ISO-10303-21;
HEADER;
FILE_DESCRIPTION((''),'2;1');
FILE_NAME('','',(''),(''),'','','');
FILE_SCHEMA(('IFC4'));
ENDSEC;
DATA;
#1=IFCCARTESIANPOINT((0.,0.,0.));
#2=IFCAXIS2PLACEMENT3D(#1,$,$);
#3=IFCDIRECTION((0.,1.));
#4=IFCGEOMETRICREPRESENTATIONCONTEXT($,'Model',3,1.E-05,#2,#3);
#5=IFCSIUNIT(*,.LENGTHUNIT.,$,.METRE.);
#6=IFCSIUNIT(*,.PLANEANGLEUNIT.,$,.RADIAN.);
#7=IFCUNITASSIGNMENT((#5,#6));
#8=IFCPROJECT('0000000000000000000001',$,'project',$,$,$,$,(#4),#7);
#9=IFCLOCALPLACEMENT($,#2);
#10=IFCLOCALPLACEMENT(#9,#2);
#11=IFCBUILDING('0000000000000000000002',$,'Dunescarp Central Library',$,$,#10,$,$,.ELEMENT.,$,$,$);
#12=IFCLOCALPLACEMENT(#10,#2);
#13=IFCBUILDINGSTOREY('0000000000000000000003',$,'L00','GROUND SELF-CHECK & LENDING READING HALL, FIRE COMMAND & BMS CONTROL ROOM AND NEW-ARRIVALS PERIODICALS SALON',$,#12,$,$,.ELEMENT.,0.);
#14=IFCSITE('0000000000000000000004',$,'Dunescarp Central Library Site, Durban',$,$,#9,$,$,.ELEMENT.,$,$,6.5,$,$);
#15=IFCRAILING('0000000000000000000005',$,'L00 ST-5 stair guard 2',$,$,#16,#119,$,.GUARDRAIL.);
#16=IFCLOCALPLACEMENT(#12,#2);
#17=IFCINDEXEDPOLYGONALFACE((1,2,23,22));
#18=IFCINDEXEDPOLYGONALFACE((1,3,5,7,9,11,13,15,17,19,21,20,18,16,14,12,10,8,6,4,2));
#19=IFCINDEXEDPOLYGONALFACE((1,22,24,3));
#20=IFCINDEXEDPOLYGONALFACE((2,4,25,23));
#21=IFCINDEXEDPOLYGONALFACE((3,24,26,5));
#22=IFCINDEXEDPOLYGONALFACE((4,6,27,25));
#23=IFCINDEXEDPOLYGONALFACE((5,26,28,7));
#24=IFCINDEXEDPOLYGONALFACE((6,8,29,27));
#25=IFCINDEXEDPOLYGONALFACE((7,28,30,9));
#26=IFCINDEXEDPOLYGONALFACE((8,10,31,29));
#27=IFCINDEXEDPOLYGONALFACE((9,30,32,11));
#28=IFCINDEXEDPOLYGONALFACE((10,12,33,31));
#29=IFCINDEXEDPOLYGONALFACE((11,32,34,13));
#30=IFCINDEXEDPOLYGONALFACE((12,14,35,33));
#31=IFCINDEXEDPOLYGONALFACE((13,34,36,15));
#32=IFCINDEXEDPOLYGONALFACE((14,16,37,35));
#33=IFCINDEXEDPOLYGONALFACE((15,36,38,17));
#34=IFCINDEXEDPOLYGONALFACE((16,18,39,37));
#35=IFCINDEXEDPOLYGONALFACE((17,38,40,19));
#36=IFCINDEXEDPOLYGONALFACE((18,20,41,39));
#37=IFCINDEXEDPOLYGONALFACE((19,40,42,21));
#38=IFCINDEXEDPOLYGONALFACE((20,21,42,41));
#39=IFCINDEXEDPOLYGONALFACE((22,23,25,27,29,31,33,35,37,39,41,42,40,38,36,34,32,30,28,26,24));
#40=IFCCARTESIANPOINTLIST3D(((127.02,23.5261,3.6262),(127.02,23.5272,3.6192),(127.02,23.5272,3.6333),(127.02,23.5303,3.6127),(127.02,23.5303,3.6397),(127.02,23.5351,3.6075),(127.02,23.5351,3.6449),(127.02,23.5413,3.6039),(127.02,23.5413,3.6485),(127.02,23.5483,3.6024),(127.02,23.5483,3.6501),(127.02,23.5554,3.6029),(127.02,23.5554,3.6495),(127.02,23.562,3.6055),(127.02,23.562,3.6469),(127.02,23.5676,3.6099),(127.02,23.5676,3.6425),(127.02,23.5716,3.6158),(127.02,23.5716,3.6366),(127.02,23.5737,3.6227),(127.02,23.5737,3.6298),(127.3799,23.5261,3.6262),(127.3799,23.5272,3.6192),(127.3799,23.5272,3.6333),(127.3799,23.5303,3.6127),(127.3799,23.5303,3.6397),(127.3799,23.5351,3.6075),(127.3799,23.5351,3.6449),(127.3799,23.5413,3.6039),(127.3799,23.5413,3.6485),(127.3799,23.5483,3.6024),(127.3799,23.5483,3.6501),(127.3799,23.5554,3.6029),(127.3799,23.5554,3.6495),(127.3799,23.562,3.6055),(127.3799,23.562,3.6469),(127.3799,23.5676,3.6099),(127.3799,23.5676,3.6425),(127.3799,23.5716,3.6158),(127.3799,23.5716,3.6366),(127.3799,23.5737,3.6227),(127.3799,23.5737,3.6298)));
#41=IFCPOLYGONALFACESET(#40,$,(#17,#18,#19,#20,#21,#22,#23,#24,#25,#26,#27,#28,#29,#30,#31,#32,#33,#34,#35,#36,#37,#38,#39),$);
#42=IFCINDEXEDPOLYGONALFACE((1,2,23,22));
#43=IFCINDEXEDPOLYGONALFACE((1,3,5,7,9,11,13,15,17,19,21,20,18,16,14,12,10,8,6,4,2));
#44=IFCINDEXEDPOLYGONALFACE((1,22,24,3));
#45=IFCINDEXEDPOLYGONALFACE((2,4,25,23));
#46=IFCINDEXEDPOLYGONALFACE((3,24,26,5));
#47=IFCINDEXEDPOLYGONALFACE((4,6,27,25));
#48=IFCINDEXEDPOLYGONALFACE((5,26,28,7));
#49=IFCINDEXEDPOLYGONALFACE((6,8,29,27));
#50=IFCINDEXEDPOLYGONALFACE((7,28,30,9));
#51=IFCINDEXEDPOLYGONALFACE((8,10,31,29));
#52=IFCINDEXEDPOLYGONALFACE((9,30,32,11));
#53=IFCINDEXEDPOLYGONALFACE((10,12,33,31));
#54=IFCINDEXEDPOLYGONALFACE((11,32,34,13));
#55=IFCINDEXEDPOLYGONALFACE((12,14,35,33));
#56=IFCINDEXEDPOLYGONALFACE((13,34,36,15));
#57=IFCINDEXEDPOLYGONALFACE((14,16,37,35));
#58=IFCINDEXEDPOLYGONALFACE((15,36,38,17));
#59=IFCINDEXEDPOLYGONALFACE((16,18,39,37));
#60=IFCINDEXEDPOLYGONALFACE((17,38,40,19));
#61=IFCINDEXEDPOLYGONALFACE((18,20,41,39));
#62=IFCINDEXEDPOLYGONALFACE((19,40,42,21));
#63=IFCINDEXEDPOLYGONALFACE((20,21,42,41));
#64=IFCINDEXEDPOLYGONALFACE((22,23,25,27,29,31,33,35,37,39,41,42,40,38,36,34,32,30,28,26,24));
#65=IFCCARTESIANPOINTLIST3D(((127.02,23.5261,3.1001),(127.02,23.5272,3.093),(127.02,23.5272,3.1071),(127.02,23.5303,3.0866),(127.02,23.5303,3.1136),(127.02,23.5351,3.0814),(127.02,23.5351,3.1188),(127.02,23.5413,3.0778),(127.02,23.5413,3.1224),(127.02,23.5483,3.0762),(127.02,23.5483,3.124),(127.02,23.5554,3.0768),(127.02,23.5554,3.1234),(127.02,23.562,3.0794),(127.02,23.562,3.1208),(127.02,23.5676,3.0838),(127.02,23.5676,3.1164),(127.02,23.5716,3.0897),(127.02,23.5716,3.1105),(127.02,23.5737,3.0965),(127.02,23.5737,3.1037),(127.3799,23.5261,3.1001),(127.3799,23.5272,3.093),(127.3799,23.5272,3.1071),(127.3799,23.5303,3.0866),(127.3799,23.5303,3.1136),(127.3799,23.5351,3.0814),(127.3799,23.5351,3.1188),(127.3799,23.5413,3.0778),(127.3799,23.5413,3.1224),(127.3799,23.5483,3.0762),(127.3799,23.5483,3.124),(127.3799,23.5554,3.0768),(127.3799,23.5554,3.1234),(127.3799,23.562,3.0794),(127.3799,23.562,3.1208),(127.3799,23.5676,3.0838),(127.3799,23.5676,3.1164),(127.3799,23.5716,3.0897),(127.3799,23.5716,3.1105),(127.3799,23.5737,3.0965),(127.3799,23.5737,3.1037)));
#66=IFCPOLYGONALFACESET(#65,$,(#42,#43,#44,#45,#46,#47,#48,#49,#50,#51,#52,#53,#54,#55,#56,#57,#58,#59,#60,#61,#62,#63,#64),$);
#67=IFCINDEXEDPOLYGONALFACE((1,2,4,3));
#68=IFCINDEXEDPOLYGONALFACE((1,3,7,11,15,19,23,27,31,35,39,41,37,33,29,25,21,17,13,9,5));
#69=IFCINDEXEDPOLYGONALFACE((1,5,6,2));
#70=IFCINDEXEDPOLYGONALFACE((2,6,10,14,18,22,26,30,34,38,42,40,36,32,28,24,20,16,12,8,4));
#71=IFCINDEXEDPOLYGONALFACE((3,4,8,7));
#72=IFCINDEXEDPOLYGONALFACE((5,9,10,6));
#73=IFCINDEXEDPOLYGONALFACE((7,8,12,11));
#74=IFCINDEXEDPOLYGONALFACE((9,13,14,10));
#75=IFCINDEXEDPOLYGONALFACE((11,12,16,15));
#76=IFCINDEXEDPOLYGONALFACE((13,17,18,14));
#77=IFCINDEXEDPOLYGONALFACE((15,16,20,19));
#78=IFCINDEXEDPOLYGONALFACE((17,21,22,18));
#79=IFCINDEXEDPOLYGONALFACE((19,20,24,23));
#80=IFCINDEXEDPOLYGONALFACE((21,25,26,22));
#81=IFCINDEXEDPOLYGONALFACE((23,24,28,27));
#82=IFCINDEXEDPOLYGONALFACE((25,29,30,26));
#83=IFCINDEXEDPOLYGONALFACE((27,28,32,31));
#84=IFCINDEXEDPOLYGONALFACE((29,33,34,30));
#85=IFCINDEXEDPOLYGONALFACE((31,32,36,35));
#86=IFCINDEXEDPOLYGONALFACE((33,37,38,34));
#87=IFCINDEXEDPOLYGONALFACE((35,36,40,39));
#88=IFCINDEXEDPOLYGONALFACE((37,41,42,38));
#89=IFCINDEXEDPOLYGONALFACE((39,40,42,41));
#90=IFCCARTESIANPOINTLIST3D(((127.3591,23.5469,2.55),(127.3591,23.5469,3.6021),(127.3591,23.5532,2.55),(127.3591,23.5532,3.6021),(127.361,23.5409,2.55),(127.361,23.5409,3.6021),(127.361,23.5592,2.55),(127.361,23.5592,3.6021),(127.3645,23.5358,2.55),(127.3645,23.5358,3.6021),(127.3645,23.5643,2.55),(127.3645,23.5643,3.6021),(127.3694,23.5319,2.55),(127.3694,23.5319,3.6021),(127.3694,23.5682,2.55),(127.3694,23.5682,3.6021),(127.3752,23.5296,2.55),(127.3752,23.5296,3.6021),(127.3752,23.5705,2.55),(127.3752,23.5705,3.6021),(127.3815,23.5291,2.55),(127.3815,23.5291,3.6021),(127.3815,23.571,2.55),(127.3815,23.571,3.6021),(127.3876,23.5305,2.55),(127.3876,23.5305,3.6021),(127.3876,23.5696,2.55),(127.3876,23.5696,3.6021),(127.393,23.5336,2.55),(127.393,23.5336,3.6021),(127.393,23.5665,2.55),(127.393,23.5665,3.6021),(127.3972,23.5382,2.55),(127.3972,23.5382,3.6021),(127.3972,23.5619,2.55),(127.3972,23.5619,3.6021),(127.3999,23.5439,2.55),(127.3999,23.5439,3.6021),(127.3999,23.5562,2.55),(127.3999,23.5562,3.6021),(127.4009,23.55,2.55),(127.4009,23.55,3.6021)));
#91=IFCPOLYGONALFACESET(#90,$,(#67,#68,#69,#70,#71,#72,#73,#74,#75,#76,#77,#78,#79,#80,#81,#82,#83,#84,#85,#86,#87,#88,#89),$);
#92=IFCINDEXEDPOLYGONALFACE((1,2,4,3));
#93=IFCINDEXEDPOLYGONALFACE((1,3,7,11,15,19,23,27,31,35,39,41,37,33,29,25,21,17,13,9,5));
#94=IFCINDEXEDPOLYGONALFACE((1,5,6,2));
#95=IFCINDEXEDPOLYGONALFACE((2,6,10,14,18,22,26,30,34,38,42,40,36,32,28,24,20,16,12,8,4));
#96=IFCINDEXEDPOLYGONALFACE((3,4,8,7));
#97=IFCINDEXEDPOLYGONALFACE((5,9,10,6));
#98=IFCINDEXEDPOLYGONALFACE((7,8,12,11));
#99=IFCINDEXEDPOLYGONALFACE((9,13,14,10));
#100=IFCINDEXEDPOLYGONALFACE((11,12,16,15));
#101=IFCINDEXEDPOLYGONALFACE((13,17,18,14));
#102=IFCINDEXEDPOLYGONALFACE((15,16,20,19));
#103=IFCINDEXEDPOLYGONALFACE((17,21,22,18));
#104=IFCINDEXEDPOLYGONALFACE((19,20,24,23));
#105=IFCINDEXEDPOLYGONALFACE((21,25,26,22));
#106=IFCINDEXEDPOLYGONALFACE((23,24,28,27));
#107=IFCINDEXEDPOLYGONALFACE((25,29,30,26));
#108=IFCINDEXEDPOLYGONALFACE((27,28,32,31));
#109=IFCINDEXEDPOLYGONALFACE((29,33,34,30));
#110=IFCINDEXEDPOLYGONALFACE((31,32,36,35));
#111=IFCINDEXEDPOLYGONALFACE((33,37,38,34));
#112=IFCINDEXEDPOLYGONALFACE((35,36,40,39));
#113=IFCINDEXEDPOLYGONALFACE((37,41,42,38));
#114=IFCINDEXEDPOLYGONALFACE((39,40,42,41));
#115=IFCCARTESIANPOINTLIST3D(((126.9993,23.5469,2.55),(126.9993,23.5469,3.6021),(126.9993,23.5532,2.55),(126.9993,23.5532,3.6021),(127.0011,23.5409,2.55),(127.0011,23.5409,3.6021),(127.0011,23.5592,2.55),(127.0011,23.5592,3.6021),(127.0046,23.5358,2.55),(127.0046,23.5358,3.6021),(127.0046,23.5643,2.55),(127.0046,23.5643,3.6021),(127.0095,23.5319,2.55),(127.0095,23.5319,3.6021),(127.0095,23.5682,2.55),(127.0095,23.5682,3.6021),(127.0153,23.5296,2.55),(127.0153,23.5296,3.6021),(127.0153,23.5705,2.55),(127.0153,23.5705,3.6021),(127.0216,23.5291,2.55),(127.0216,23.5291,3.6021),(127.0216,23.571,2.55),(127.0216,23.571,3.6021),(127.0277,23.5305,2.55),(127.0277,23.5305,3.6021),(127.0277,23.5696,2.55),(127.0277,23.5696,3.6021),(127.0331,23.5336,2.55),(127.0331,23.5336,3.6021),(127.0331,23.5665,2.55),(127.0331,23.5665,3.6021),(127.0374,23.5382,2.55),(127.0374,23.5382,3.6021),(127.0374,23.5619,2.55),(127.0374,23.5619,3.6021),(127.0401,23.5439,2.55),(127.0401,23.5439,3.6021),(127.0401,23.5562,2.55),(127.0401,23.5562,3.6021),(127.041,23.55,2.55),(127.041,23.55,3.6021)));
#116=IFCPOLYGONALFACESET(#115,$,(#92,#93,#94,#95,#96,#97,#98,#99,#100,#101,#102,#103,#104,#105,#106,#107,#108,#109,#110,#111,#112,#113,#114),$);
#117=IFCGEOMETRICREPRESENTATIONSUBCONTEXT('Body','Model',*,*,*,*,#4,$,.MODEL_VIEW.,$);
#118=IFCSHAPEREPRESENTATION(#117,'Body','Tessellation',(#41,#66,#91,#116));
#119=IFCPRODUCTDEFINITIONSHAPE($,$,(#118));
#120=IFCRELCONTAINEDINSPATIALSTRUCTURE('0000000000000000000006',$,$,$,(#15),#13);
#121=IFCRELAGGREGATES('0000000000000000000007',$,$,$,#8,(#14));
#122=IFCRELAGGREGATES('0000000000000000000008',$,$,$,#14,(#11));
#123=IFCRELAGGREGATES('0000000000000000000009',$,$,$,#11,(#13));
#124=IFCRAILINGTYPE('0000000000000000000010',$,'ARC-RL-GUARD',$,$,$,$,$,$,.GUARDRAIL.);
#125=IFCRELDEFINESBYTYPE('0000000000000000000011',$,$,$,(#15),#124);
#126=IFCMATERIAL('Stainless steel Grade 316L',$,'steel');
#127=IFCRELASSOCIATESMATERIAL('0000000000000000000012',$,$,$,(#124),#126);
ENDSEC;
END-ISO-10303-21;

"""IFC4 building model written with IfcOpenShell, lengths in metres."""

from ifc_helpers import new_model, si_unit, direction, frame, origin, origin_2d, place, context, subcontext, project, spatial, circle, extrude, material, type_object, element, save


model = new_model("IFC4")

# Units and contexts
model_context = context("Model", 3, precision=1e-05, world=origin(), true_north=direction((0.0, 1.0)))
body_context = subcontext(model_context, "Body", "Model", "MODEL_VIEW")
ifc_project = project(units=[si_unit("LENGTHUNIT", "METRE"), si_unit("PLANEANGLEUNIT", "RADIAN")], contexts=[model_context])

# Site, building, storey
site_placement = place(None, origin())
site = spatial("IfcSite", under=ifc_project, at=site_placement, Name="Dunescarp Central Library Site, Durban", CompositionType="ELEMENT", RefElevation=6.5)
building_placement = place(site_placement, origin())
building = spatial("IfcBuilding", under=site, at=building_placement, Name="Dunescarp Central Library", CompositionType="ELEMENT")
storey_placement = place(building_placement, origin())
storey = spatial("IfcBuildingStorey", under=building, at=storey_placement, Name="L00", Description="GROUND SELF-CHECK & LENDING READING HALL, FIRE COMMAND & BMS CONTROL ROOM AND NEW-ARRIVALS PERIODICALS SALON", CompositionType="ELEMENT", Elevation=0.0)

# Railing
ifc_material_1 = material(Name="Stainless steel Grade 316L", Category="steel")
railing_type_1 = type_object("IfcRailingType", Name="ARC-RL-GUARD", PredefinedType="GUARDRAIL", material=ifc_material_1)
railing_1_placement = place(storey_placement, frame((127.3799, 23.55, 2.55)))
element("IfcRailing", 1, at=railing_1_placement, inside=storey, type_object=railing_type_1, Name="L00 ST-5 stair guard 2", PredefinedType="GUARDRAIL", context=body_context, shape_type="SweptSolid", body=[
    extrude(circle(Radius=0.0239, at=origin_2d()), frame((0.0, 0.0, 1.0762), z_axis=(-1.0, 0.0, 0.0), x_axis=(0.0, -1.0, 0.0)), (0.0, 0.0, 1.0), 0.3599),
    extrude(circle(Radius=0.0239, at=origin_2d()), frame((0.0, 0.0, 0.55), z_axis=(-1.0, 0.0, 0.0), x_axis=(0.0, -1.0, 0.0)), (0.0, 0.0, 1.0), 0.3599),
    extrude(circle(Radius=0.021, at=origin_2d()), origin(), (0.0, 0.0, 1.0), 1.052),
    extrude(circle(Radius=0.021, at=origin_2d()), frame((-0.3599, 0.0, 0.0)), (0.0, 0.0, 1.0), 1.052),
])

save(model, "model.ifc")
